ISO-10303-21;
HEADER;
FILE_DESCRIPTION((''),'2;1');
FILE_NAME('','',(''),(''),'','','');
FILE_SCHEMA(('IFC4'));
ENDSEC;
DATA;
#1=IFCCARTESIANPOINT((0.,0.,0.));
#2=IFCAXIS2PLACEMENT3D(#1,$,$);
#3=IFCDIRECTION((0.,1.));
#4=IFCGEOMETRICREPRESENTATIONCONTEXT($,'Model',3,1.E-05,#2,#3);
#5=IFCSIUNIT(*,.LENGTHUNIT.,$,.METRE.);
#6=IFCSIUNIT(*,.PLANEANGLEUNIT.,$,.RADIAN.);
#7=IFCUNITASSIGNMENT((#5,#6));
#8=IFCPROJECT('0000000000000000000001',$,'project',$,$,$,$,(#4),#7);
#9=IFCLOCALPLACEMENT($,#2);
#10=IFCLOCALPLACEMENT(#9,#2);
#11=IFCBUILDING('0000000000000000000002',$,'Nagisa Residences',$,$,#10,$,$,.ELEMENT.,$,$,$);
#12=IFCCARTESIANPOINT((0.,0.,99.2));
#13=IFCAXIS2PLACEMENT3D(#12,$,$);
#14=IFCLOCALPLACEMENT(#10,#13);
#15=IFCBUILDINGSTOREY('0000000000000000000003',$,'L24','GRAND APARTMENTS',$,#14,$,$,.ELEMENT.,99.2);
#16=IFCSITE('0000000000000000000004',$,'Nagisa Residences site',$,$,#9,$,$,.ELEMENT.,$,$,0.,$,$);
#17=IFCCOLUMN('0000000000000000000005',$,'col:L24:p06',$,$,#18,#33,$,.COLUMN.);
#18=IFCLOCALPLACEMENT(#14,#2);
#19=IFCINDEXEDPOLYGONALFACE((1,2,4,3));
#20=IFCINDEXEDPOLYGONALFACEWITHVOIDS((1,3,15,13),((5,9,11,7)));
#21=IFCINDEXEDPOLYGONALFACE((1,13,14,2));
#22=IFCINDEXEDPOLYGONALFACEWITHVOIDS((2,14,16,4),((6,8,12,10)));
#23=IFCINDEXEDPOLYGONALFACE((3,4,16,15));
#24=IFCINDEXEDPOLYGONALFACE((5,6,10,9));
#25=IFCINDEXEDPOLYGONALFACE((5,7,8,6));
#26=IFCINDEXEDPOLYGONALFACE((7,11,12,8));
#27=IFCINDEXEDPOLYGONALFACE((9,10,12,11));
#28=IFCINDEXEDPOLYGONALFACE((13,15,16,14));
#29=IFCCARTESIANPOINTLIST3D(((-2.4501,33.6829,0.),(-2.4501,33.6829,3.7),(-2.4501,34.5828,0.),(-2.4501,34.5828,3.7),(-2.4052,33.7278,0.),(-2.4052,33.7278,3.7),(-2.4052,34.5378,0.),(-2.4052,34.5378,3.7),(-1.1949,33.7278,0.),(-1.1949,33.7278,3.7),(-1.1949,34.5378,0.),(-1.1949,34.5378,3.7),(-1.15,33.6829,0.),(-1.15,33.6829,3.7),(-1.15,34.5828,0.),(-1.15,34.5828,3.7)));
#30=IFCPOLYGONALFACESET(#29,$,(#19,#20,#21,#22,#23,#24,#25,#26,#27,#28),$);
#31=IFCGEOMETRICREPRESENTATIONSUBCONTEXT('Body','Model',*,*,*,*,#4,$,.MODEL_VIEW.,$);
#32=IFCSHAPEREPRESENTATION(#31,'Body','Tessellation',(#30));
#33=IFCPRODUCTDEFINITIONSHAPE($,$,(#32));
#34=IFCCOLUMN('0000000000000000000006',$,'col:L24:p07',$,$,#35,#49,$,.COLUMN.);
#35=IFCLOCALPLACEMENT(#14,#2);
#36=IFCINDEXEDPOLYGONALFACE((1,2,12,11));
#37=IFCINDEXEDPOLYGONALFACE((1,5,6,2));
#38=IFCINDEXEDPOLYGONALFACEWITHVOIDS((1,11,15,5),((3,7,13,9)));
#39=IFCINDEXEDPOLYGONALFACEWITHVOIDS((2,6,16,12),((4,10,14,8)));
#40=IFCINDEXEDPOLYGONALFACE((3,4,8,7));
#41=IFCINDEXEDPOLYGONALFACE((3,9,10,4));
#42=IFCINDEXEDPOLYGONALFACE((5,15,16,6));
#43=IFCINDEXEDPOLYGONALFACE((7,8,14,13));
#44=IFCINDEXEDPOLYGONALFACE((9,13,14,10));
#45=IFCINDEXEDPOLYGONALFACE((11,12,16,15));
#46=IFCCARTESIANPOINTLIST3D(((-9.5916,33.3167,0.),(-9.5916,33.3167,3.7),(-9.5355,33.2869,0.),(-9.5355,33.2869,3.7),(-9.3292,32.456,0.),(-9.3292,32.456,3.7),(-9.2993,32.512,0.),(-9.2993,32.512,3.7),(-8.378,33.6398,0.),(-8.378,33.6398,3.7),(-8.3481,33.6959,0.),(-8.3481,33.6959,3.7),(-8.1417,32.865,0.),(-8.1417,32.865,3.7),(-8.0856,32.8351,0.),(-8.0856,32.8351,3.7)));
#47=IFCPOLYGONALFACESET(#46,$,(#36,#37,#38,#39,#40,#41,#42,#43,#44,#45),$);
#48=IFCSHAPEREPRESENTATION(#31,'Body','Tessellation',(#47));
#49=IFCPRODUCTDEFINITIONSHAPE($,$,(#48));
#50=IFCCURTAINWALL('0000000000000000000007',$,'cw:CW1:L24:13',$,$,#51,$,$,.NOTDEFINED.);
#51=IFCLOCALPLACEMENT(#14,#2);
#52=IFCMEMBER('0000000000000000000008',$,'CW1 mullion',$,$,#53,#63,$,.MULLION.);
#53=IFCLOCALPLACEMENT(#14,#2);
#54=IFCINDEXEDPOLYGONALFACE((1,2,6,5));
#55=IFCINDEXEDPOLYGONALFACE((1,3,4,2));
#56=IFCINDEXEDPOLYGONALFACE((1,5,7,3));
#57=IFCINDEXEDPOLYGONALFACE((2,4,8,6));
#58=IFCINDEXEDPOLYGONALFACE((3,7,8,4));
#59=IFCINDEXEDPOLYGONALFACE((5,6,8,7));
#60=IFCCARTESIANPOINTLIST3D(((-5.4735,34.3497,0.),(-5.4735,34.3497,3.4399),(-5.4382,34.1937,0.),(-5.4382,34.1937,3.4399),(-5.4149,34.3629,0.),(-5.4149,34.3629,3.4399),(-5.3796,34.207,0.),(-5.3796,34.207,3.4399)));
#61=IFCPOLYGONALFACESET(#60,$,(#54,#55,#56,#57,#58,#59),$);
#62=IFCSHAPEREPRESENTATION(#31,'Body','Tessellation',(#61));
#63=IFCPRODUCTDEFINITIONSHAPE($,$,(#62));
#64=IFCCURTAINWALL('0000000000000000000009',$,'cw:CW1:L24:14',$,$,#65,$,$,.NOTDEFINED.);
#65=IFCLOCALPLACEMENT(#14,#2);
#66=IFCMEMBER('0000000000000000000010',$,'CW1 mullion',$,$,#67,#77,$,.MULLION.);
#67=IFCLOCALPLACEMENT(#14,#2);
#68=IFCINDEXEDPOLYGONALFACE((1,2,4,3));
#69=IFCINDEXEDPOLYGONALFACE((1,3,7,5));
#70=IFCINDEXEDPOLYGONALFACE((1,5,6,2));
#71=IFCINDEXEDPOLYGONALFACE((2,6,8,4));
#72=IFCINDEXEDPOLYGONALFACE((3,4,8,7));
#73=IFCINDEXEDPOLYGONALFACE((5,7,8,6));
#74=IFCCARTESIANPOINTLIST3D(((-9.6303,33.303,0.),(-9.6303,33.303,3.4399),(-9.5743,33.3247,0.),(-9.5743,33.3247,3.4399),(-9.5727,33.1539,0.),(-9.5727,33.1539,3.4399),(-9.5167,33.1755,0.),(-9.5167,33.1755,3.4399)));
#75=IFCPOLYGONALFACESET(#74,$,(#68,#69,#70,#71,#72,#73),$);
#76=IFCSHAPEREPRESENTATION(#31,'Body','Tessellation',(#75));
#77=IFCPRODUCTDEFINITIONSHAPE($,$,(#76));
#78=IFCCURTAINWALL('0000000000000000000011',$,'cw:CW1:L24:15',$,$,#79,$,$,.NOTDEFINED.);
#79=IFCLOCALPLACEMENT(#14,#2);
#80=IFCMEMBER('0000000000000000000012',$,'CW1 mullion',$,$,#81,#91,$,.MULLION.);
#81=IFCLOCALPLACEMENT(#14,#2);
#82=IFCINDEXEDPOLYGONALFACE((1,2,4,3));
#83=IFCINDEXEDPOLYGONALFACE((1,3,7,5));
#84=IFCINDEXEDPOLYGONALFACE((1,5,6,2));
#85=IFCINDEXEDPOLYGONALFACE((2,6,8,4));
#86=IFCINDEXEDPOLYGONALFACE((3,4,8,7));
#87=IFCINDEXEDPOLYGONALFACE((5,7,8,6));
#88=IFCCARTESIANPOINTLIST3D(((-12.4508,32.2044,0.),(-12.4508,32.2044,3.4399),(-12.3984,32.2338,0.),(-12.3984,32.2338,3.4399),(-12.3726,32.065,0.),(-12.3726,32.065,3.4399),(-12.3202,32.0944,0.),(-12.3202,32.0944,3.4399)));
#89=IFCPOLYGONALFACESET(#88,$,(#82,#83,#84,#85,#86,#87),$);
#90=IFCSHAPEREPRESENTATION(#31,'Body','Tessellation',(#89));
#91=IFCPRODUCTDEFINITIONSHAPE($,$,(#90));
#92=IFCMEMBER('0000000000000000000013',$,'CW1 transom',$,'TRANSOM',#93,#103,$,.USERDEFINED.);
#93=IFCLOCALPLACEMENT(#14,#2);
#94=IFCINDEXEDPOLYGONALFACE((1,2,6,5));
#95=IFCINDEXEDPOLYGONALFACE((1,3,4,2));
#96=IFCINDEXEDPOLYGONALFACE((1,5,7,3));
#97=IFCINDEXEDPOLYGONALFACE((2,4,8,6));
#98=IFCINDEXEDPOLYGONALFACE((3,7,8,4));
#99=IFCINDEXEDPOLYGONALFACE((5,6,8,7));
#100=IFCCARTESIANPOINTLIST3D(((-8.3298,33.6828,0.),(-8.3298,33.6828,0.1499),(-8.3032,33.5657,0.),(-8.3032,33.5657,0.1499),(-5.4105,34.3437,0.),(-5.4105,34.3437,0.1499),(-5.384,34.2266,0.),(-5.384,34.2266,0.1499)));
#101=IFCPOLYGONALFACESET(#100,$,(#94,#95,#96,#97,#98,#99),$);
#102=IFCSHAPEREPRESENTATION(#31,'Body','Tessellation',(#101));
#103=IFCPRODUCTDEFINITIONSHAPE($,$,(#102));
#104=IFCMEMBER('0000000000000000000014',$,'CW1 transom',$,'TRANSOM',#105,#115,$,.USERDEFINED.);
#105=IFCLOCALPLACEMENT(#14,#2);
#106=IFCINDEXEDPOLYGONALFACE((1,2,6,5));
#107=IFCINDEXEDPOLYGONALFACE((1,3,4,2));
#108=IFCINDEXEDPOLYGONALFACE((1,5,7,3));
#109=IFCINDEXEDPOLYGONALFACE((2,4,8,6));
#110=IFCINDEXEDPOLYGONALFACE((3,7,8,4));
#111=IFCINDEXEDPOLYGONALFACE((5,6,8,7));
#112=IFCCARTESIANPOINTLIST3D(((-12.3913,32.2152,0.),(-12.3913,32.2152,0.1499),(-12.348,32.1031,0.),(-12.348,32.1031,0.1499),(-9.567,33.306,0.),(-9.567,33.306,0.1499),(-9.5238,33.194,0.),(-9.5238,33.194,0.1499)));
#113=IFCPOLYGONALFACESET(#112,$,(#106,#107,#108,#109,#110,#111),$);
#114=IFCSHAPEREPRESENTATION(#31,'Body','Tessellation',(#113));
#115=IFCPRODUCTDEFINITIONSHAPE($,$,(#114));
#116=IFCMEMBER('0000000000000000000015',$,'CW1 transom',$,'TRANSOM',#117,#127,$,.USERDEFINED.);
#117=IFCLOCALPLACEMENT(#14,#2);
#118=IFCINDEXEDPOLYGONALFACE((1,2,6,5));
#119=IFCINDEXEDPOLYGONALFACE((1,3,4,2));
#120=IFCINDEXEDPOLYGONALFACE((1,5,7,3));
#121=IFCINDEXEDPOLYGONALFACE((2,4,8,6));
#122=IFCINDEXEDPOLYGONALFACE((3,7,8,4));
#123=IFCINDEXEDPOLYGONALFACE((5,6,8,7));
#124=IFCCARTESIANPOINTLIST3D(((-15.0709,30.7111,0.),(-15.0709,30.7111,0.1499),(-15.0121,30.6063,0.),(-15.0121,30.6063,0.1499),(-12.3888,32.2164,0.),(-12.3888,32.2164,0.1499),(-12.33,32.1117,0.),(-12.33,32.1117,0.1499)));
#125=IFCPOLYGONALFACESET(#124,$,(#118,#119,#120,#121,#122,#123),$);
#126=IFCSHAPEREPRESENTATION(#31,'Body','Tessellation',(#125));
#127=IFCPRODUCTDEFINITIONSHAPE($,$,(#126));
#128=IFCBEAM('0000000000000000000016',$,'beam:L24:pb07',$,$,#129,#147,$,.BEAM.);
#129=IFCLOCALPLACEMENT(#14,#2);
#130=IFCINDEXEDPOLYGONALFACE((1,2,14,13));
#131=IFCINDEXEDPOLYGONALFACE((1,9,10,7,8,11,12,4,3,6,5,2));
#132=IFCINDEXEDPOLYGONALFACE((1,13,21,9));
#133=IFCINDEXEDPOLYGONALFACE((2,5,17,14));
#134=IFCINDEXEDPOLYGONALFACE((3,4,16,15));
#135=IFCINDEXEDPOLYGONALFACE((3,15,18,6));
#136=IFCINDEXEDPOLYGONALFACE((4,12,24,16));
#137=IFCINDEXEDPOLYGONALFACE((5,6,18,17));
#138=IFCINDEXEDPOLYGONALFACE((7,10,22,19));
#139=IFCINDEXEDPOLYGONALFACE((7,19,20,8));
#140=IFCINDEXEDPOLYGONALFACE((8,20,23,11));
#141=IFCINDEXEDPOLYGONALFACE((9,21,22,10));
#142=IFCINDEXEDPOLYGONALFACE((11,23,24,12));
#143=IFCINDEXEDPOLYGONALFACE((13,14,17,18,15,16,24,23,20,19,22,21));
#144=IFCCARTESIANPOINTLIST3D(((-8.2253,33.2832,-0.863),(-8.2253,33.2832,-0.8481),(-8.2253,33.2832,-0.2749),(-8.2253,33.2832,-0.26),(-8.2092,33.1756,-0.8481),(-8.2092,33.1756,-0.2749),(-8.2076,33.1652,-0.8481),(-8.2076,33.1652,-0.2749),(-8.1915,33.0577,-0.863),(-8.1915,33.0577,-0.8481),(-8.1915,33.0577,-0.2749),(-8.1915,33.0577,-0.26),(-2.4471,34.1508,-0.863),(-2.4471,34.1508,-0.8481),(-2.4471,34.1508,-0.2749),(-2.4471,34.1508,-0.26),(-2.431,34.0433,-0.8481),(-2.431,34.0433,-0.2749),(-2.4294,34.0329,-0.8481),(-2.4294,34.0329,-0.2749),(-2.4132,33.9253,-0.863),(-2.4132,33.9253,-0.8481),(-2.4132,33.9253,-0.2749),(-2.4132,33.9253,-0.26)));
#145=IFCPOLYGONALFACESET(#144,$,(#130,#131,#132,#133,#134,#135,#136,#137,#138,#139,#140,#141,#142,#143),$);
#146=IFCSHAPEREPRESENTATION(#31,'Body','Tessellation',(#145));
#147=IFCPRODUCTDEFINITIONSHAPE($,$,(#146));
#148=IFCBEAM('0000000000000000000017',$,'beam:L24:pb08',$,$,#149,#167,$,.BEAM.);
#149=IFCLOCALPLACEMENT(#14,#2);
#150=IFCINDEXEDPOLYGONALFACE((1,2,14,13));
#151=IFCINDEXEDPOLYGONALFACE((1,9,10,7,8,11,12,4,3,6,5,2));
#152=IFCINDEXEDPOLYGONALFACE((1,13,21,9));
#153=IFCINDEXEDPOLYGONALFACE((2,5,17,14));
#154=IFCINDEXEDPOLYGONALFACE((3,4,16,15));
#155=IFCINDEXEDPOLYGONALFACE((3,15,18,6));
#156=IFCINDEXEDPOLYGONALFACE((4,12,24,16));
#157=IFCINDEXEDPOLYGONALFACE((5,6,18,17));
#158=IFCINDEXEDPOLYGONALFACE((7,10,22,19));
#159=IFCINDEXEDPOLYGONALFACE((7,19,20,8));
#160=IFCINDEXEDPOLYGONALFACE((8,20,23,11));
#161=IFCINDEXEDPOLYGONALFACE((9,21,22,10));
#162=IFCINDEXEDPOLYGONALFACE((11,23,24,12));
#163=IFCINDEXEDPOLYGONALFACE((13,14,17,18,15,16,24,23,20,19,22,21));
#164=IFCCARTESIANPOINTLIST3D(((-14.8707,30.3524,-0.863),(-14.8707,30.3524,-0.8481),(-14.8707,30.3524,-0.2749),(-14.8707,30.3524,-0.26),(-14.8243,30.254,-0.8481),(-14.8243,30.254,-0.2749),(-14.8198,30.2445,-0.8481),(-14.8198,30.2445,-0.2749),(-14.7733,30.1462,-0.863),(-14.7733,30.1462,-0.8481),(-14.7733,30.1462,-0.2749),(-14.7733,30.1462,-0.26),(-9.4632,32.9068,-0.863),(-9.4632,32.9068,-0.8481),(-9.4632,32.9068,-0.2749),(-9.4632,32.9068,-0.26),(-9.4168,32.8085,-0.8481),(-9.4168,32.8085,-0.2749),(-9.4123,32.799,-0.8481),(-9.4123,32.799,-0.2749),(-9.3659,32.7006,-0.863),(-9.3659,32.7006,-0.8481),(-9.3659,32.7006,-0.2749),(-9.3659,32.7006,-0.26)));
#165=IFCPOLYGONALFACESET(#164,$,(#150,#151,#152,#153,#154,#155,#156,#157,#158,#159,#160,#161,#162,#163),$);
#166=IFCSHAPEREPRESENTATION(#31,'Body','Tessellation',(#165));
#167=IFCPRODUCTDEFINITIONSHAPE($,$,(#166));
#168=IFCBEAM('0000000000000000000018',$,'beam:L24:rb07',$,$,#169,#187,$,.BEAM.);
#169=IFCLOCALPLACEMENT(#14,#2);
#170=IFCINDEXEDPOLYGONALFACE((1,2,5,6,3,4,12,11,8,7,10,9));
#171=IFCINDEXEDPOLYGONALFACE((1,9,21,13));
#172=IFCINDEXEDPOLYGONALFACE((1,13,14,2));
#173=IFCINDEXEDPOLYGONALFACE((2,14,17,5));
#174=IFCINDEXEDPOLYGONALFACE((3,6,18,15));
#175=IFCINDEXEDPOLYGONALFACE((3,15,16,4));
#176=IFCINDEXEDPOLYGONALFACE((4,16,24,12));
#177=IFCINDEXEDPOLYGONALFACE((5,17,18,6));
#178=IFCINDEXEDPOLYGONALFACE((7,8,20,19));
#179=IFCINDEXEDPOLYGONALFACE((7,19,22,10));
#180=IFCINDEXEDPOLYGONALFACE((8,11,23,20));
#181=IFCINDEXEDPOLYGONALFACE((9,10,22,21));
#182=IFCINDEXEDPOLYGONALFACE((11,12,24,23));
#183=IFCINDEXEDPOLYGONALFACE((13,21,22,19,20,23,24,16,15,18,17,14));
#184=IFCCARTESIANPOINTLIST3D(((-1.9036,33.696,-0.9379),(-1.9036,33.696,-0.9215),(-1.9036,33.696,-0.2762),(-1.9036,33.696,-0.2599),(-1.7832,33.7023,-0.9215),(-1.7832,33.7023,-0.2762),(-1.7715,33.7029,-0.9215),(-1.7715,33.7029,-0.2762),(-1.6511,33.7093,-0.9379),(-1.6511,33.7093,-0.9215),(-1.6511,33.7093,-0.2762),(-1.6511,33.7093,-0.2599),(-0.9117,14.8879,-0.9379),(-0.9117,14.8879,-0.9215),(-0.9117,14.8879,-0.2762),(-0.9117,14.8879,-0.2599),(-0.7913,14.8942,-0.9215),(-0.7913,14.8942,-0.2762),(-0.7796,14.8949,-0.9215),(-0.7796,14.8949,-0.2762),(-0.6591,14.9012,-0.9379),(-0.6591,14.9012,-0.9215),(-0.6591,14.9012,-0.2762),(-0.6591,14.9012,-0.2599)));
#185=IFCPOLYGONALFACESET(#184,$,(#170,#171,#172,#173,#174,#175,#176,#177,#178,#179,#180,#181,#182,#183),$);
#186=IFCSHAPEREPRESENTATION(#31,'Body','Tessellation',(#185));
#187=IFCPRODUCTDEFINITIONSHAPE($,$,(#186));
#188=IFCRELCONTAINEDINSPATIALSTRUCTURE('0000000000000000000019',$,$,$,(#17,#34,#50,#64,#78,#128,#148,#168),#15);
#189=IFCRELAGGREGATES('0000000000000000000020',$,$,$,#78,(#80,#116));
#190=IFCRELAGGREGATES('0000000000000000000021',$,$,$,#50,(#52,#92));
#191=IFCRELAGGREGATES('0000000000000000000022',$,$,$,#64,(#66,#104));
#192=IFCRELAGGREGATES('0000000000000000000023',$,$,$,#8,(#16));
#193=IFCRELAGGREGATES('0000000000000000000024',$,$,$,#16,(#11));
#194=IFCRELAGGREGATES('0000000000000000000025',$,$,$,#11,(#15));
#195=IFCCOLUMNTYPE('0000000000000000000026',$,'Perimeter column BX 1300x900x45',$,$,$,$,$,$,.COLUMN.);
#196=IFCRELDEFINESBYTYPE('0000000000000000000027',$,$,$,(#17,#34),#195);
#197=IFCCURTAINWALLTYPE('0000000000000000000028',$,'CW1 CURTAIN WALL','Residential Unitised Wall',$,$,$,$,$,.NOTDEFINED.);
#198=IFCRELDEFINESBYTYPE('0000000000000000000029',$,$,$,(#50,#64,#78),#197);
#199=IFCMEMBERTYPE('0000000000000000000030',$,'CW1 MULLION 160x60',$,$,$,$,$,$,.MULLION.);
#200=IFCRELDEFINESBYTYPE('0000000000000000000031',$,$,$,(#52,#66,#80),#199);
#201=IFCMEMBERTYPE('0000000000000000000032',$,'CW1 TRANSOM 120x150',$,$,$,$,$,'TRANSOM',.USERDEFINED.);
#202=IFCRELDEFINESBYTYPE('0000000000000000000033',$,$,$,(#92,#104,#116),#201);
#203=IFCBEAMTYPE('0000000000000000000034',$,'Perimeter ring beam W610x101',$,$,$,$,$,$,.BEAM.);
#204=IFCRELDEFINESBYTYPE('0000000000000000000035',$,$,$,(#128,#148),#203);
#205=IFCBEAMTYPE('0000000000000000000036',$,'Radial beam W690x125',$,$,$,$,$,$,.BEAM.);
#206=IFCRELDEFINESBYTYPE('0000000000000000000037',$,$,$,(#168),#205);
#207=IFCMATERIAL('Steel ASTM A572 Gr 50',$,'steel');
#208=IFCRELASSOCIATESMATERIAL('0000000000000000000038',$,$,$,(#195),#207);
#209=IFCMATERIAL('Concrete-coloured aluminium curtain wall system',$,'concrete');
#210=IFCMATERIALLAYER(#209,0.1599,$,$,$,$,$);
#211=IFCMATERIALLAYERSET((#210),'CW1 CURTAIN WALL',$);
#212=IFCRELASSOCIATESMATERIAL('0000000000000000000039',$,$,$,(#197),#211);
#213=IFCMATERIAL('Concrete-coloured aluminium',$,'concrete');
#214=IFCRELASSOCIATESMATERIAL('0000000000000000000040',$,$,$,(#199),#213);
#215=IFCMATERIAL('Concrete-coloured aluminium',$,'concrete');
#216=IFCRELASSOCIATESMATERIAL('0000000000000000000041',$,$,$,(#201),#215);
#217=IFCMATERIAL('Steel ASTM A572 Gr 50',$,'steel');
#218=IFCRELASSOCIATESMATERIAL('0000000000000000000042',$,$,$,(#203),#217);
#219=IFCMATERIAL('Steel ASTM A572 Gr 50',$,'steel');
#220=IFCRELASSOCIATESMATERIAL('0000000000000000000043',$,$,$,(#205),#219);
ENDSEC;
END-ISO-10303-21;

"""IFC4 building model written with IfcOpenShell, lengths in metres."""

from ifc_helpers import new_model, si_unit, direction, frame, origin, origin_2d, place, context, subcontext, project, spatial, rectangle, hollow_rectangle, i_section, extrude, material, layer, layer_set, material_profile, profile_set, type_object, element, aggregate, save


model = new_model("IFC4")

# Units and contexts
model_context = context("Model", 3, precision=1e-05, world=origin(), true_north=direction((0.0, 1.0)))
body_context = subcontext(model_context, "Body", "Model", "MODEL_VIEW")
ifc_project = project(units=[si_unit("LENGTHUNIT", "METRE"), si_unit("PLANEANGLEUNIT", "RADIAN")], contexts=[model_context])

# Site, building, storey
site_placement = place(None, origin())
site = spatial("IfcSite", under=ifc_project, at=site_placement, Name="Nagisa Residences site", CompositionType="ELEMENT", RefElevation=0.0)
building_placement = place(site_placement, origin())
building = spatial("IfcBuilding", under=site, at=building_placement, Name="Nagisa Residences", CompositionType="ELEMENT")
storey_placement = place(building_placement, frame((0.0, 0.0, 99.2)))
storey = spatial("IfcBuildingStorey", under=building, at=storey_placement, Name="L24", Description="GRAND APARTMENTS", CompositionType="ELEMENT", Elevation=99.2)

# Columns
ifc_material_1 = material(Name="Steel ASTM A572 Gr 50", Category="steel")
ifc_material_profile_1 = material_profile(ifc_material_1, hollow_rectangle(XDim=1.3, YDim=0.8999, WallThickness=0.0449, at=origin_2d()), Name="BX 1300x900x45")
ifc_profile_set_1 = profile_set([ifc_material_profile_1], Name="Steel ASTM A572 Gr 50")
column_type = type_object("IfcColumnType", Name="Perimeter column BX 1300x900x45", PredefinedType="COLUMN", material=ifc_profile_set_1)
for number, where, z_axis, x_axis, name in (
    (1, (-1.8, 34.1328, 0.0), (0.0, 0.0, 1.0), (-1.0, 0.0, 0.0), "col:L24:p06"),
    (2, (-8.8386, 33.0759, 0.0), (0.0, 0.0, 1.0), (-0.956525, -0.291652, 0.0), "col:L24:p07"),
):
    element("IfcColumn", number, at=place(storey_placement, frame(where, z_axis=z_axis, x_axis=x_axis)), inside=storey, type_object=column_type, Name=name, PredefinedType="COLUMN", context=body_context, shape_type="SweptSolid", body=[
        extrude(hollow_rectangle(XDim=1.3, YDim=0.8999, WallThickness=0.0449, at=origin_2d()), origin(), (0.0, 0.0, 1.0), 3.7),
    ])

# Curtain walls, members
ifc_material_2 = material(Name="Concrete-coloured aluminium curtain wall system", Category="concrete")
ifc_layer_1 = layer(ifc_material_2, 0.1599)
ifc_layer_set_1 = layer_set([ifc_layer_1], Name="CW1 CURTAIN WALL")
curtain_wall_type = type_object("IfcCurtainWallType", Name="CW1 CURTAIN WALL", Description="Residential Unitised Wall", PredefinedType="NOTDEFINED", material=ifc_layer_set_1)
curtain_wall_1_placement = place(storey_placement, origin())
curtain_wall_1 = element("IfcCurtainWall", 3, at=curtain_wall_1_placement, inside=storey, type_object=curtain_wall_type, Name="cw:CW1:L24:13", PredefinedType="NOTDEFINED")
ifc_material_3 = material(Name="Concrete-coloured aluminium", Category="concrete")
ifc_material_profile_2 = material_profile(ifc_material_3, rectangle(XDim=0.1599, YDim=0.0601, at=origin_2d()), Name="CW1 MULLION 160x60")
ifc_profile_set_2 = profile_set([ifc_material_profile_2], Name="Concrete-coloured aluminium")
member_type_1 = type_object("IfcMemberType", Name="CW1 MULLION 160x60", PredefinedType="MULLION", material=ifc_profile_set_2)
member_1_placement = place(storey_placement, frame((-5.4265, 34.2783, 0.0), z_axis=(0.0, 0.0, 1.0), x_axis=(0.220764, -0.975327, 0.0)))
member_1 = element("IfcMember", 4, at=member_1_placement, type_object=member_type_1, Name="CW1 mullion", PredefinedType="MULLION", context=body_context, shape_type="SweptSolid", body=[
    extrude(rectangle(XDim=0.1599, YDim=0.0601, at=origin_2d()), origin(), (0.0, 0.0, 1.0), 3.4399),
])
curtain_wall_2_placement = place(storey_placement, origin())
curtain_wall_2 = element("IfcCurtainWall", 5, at=curtain_wall_2_placement, inside=storey, type_object=curtain_wall_type, Name="cw:CW1:L24:14", PredefinedType="NOTDEFINED")
member_2_placement = place(storey_placement, frame((-9.5735, 33.2393, 0.0), z_axis=(0.0, 0.0, 1.0), x_axis=(0.360328, -0.932826, 0.0)))
member_2 = element("IfcMember", 6, at=member_2_placement, type_object=member_type_1, Name="CW1 mullion", PredefinedType="MULLION", context=body_context, shape_type="SweptSolid", body=[
    extrude(rectangle(XDim=0.1599, YDim=0.0601, at=origin_2d()), origin(), (0.0, 0.0, 1.0), 3.4399),
])
curtain_wall_3_placement = place(storey_placement, origin())
curtain_wall_3 = element("IfcCurtainWall", 7, at=curtain_wall_3_placement, inside=storey, type_object=curtain_wall_type, Name="cw:CW1:L24:15", PredefinedType="NOTDEFINED")
member_3_placement = place(storey_placement, frame((-12.3855, 32.1494, 0.0), z_axis=(0.0, 0.0, 1.0), x_axis=(0.489377, -0.872072, 0.0)))
member_3 = element("IfcMember", 8, at=member_3_placement, type_object=member_type_1, Name="CW1 mullion", PredefinedType="MULLION", context=body_context, shape_type="SweptSolid", body=[
    extrude(rectangle(XDim=0.1599, YDim=0.0601, at=origin_2d()), origin(), (0.0, 0.0, 1.0), 3.4399),
])

# Members
ifc_material_4 = material(Name="Concrete-coloured aluminium", Category="concrete")
ifc_material_profile_3 = material_profile(ifc_material_4, rectangle(XDim=0.1201, YDim=0.1499, at=origin_2d()), Name="CW1 TRANSOM 120x150")
ifc_profile_set_3 = profile_set([ifc_material_profile_3], Name="Concrete-coloured aluminium")
member_type_2 = type_object("IfcMemberType", Name="CW1 TRANSOM 120x150", ElementType="TRANSOM", PredefinedType="USERDEFINED", material=ifc_profile_set_3)
member_4_placement = place(storey_placement, frame((-5.3972, 34.2852, 0.075), z_axis=(-0.975318, -0.220807, 0.0), x_axis=(0.220807, -0.975318, 0.0)))
member_4 = element("IfcMember", 9, at=member_4_placement, type_object=member_type_2, Name="CW1 transom", ObjectType="TRANSOM", PredefinedType="USERDEFINED", context=body_context, shape_type="SweptSolid", body=[
    extrude(rectangle(XDim=0.1201, YDim=0.1499, at=origin_2d()), origin(), (0.0, 0.0, 1.0), 2.9932),
])
member_5_placement = place(storey_placement, frame((-9.5454, 33.25, 0.075), z_axis=(-0.932838, -0.360297, 0.0), x_axis=(0.360297, -0.932838, 0.0)))
member_5 = element("IfcMember", 10, at=member_5_placement, type_object=member_type_2, Name="CW1 transom", ObjectType="TRANSOM", PredefinedType="USERDEFINED", context=body_context, shape_type="SweptSolid", body=[
    extrude(rectangle(XDim=0.1201, YDim=0.1499, at=origin_2d()), origin(), (0.0, 0.0, 1.0), 3.0276),
])
member_6_placement = place(storey_placement, frame((-12.3594, 32.1641, 0.075), z_axis=(-0.872037, -0.489439, 0.0), x_axis=(0.489439, -0.872037, 0.0)))
member_6 = element("IfcMember", 11, at=member_6_placement, type_object=member_type_2, Name="CW1 transom", ObjectType="TRANSOM", PredefinedType="USERDEFINED", context=body_context, shape_type="SweptSolid", body=[
    extrude(rectangle(XDim=0.1201, YDim=0.1499, at=origin_2d()), origin(), (0.0, 0.0, 1.0), 3.0757),
])
aggregate(curtain_wall_3, [member_3, member_6])

# Beams
ifc_material_5 = material(Name="Steel ASTM A572 Gr 50", Category="steel")
ifc_material_profile_4 = material_profile(ifc_material_5, i_section(OverallWidth=0.228, OverallDepth=0.603, WebThickness=0.0105, FlangeThickness=0.0149, at=origin_2d()), Name="W610x101")
ifc_profile_set_4 = profile_set([ifc_material_profile_4], Name="Steel ASTM A572 Gr 50")
beam_type_1 = type_object("IfcBeamType", Name="Perimeter ring beam W610x101", PredefinedType="BEAM", material=ifc_profile_set_4)
beam_1_placement = place(storey_placement, frame((-2.4302, 34.0381, -0.5615), z_axis=(-0.988913, -0.148496, 0.0), x_axis=(0.148496, -0.988913, 0.0)))
element("IfcBeam", 12, at=beam_1_placement, inside=storey, type_object=beam_type_1, Name="beam:L24:pb07", PredefinedType="BEAM", context=body_context, shape_type="SweptSolid", body=[
    extrude(i_section(OverallWidth=0.228, OverallDepth=0.603, WebThickness=0.0105, FlangeThickness=0.0149, at=origin_2d()), origin(), (0.0, 0.0, 1.0), 5.843),
])
beam_2_placement = place(storey_placement, frame((-9.4146, 32.8037, -0.5615), z_axis=(-0.90419, -0.427131, 0.0), x_axis=(0.427131, -0.90419, 0.0)))
element("IfcBeam", 13, at=beam_2_placement, inside=storey, type_object=beam_type_1, Name="beam:L24:pb08", PredefinedType="BEAM", context=body_context, shape_type="SweptSolid", body=[
    extrude(i_section(OverallWidth=0.228, OverallDepth=0.603, WebThickness=0.0105, FlangeThickness=0.0149, at=origin_2d()), origin(), (0.0, 0.0, 1.0), 5.9805),
])
ifc_material_6 = material(Name="Steel ASTM A572 Gr 50", Category="steel")
ifc_material_profile_5 = material_profile(ifc_material_6, i_section(OverallWidth=0.2529, OverallDepth=0.678, WebThickness=0.0117, FlangeThickness=0.0164, at=origin_2d()), Name="W690x125")
ifc_profile_set_5 = profile_set([ifc_material_profile_5], Name="Steel ASTM A572 Gr 50")
beam_type_2 = type_object("IfcBeamType", Name="Radial beam W690x125", PredefinedType="BEAM", material=ifc_profile_set_5)
beam_3_placement = place(storey_placement, frame((-1.7773, 33.7026, -0.5989), z_axis=(0.052667, -0.998612, 0.0), x_axis=(0.998612, 0.052667, 0.0)))
element("IfcBeam", 14, at=beam_3_placement, inside=storey, type_object=beam_type_2, Name="beam:L24:rb07", PredefinedType="BEAM", context=body_context, shape_type="SweptSolid", body=[
    extrude(i_section(OverallWidth=0.2529, OverallDepth=0.678, WebThickness=0.0117, FlangeThickness=0.0164, at=origin_2d()), origin(), (0.0, 0.0, 1.0), 18.8342),
])

aggregate(curtain_wall_1, [member_1, member_4])
aggregate(curtain_wall_2, [member_2, member_5])

save(model, "model.ifc")
